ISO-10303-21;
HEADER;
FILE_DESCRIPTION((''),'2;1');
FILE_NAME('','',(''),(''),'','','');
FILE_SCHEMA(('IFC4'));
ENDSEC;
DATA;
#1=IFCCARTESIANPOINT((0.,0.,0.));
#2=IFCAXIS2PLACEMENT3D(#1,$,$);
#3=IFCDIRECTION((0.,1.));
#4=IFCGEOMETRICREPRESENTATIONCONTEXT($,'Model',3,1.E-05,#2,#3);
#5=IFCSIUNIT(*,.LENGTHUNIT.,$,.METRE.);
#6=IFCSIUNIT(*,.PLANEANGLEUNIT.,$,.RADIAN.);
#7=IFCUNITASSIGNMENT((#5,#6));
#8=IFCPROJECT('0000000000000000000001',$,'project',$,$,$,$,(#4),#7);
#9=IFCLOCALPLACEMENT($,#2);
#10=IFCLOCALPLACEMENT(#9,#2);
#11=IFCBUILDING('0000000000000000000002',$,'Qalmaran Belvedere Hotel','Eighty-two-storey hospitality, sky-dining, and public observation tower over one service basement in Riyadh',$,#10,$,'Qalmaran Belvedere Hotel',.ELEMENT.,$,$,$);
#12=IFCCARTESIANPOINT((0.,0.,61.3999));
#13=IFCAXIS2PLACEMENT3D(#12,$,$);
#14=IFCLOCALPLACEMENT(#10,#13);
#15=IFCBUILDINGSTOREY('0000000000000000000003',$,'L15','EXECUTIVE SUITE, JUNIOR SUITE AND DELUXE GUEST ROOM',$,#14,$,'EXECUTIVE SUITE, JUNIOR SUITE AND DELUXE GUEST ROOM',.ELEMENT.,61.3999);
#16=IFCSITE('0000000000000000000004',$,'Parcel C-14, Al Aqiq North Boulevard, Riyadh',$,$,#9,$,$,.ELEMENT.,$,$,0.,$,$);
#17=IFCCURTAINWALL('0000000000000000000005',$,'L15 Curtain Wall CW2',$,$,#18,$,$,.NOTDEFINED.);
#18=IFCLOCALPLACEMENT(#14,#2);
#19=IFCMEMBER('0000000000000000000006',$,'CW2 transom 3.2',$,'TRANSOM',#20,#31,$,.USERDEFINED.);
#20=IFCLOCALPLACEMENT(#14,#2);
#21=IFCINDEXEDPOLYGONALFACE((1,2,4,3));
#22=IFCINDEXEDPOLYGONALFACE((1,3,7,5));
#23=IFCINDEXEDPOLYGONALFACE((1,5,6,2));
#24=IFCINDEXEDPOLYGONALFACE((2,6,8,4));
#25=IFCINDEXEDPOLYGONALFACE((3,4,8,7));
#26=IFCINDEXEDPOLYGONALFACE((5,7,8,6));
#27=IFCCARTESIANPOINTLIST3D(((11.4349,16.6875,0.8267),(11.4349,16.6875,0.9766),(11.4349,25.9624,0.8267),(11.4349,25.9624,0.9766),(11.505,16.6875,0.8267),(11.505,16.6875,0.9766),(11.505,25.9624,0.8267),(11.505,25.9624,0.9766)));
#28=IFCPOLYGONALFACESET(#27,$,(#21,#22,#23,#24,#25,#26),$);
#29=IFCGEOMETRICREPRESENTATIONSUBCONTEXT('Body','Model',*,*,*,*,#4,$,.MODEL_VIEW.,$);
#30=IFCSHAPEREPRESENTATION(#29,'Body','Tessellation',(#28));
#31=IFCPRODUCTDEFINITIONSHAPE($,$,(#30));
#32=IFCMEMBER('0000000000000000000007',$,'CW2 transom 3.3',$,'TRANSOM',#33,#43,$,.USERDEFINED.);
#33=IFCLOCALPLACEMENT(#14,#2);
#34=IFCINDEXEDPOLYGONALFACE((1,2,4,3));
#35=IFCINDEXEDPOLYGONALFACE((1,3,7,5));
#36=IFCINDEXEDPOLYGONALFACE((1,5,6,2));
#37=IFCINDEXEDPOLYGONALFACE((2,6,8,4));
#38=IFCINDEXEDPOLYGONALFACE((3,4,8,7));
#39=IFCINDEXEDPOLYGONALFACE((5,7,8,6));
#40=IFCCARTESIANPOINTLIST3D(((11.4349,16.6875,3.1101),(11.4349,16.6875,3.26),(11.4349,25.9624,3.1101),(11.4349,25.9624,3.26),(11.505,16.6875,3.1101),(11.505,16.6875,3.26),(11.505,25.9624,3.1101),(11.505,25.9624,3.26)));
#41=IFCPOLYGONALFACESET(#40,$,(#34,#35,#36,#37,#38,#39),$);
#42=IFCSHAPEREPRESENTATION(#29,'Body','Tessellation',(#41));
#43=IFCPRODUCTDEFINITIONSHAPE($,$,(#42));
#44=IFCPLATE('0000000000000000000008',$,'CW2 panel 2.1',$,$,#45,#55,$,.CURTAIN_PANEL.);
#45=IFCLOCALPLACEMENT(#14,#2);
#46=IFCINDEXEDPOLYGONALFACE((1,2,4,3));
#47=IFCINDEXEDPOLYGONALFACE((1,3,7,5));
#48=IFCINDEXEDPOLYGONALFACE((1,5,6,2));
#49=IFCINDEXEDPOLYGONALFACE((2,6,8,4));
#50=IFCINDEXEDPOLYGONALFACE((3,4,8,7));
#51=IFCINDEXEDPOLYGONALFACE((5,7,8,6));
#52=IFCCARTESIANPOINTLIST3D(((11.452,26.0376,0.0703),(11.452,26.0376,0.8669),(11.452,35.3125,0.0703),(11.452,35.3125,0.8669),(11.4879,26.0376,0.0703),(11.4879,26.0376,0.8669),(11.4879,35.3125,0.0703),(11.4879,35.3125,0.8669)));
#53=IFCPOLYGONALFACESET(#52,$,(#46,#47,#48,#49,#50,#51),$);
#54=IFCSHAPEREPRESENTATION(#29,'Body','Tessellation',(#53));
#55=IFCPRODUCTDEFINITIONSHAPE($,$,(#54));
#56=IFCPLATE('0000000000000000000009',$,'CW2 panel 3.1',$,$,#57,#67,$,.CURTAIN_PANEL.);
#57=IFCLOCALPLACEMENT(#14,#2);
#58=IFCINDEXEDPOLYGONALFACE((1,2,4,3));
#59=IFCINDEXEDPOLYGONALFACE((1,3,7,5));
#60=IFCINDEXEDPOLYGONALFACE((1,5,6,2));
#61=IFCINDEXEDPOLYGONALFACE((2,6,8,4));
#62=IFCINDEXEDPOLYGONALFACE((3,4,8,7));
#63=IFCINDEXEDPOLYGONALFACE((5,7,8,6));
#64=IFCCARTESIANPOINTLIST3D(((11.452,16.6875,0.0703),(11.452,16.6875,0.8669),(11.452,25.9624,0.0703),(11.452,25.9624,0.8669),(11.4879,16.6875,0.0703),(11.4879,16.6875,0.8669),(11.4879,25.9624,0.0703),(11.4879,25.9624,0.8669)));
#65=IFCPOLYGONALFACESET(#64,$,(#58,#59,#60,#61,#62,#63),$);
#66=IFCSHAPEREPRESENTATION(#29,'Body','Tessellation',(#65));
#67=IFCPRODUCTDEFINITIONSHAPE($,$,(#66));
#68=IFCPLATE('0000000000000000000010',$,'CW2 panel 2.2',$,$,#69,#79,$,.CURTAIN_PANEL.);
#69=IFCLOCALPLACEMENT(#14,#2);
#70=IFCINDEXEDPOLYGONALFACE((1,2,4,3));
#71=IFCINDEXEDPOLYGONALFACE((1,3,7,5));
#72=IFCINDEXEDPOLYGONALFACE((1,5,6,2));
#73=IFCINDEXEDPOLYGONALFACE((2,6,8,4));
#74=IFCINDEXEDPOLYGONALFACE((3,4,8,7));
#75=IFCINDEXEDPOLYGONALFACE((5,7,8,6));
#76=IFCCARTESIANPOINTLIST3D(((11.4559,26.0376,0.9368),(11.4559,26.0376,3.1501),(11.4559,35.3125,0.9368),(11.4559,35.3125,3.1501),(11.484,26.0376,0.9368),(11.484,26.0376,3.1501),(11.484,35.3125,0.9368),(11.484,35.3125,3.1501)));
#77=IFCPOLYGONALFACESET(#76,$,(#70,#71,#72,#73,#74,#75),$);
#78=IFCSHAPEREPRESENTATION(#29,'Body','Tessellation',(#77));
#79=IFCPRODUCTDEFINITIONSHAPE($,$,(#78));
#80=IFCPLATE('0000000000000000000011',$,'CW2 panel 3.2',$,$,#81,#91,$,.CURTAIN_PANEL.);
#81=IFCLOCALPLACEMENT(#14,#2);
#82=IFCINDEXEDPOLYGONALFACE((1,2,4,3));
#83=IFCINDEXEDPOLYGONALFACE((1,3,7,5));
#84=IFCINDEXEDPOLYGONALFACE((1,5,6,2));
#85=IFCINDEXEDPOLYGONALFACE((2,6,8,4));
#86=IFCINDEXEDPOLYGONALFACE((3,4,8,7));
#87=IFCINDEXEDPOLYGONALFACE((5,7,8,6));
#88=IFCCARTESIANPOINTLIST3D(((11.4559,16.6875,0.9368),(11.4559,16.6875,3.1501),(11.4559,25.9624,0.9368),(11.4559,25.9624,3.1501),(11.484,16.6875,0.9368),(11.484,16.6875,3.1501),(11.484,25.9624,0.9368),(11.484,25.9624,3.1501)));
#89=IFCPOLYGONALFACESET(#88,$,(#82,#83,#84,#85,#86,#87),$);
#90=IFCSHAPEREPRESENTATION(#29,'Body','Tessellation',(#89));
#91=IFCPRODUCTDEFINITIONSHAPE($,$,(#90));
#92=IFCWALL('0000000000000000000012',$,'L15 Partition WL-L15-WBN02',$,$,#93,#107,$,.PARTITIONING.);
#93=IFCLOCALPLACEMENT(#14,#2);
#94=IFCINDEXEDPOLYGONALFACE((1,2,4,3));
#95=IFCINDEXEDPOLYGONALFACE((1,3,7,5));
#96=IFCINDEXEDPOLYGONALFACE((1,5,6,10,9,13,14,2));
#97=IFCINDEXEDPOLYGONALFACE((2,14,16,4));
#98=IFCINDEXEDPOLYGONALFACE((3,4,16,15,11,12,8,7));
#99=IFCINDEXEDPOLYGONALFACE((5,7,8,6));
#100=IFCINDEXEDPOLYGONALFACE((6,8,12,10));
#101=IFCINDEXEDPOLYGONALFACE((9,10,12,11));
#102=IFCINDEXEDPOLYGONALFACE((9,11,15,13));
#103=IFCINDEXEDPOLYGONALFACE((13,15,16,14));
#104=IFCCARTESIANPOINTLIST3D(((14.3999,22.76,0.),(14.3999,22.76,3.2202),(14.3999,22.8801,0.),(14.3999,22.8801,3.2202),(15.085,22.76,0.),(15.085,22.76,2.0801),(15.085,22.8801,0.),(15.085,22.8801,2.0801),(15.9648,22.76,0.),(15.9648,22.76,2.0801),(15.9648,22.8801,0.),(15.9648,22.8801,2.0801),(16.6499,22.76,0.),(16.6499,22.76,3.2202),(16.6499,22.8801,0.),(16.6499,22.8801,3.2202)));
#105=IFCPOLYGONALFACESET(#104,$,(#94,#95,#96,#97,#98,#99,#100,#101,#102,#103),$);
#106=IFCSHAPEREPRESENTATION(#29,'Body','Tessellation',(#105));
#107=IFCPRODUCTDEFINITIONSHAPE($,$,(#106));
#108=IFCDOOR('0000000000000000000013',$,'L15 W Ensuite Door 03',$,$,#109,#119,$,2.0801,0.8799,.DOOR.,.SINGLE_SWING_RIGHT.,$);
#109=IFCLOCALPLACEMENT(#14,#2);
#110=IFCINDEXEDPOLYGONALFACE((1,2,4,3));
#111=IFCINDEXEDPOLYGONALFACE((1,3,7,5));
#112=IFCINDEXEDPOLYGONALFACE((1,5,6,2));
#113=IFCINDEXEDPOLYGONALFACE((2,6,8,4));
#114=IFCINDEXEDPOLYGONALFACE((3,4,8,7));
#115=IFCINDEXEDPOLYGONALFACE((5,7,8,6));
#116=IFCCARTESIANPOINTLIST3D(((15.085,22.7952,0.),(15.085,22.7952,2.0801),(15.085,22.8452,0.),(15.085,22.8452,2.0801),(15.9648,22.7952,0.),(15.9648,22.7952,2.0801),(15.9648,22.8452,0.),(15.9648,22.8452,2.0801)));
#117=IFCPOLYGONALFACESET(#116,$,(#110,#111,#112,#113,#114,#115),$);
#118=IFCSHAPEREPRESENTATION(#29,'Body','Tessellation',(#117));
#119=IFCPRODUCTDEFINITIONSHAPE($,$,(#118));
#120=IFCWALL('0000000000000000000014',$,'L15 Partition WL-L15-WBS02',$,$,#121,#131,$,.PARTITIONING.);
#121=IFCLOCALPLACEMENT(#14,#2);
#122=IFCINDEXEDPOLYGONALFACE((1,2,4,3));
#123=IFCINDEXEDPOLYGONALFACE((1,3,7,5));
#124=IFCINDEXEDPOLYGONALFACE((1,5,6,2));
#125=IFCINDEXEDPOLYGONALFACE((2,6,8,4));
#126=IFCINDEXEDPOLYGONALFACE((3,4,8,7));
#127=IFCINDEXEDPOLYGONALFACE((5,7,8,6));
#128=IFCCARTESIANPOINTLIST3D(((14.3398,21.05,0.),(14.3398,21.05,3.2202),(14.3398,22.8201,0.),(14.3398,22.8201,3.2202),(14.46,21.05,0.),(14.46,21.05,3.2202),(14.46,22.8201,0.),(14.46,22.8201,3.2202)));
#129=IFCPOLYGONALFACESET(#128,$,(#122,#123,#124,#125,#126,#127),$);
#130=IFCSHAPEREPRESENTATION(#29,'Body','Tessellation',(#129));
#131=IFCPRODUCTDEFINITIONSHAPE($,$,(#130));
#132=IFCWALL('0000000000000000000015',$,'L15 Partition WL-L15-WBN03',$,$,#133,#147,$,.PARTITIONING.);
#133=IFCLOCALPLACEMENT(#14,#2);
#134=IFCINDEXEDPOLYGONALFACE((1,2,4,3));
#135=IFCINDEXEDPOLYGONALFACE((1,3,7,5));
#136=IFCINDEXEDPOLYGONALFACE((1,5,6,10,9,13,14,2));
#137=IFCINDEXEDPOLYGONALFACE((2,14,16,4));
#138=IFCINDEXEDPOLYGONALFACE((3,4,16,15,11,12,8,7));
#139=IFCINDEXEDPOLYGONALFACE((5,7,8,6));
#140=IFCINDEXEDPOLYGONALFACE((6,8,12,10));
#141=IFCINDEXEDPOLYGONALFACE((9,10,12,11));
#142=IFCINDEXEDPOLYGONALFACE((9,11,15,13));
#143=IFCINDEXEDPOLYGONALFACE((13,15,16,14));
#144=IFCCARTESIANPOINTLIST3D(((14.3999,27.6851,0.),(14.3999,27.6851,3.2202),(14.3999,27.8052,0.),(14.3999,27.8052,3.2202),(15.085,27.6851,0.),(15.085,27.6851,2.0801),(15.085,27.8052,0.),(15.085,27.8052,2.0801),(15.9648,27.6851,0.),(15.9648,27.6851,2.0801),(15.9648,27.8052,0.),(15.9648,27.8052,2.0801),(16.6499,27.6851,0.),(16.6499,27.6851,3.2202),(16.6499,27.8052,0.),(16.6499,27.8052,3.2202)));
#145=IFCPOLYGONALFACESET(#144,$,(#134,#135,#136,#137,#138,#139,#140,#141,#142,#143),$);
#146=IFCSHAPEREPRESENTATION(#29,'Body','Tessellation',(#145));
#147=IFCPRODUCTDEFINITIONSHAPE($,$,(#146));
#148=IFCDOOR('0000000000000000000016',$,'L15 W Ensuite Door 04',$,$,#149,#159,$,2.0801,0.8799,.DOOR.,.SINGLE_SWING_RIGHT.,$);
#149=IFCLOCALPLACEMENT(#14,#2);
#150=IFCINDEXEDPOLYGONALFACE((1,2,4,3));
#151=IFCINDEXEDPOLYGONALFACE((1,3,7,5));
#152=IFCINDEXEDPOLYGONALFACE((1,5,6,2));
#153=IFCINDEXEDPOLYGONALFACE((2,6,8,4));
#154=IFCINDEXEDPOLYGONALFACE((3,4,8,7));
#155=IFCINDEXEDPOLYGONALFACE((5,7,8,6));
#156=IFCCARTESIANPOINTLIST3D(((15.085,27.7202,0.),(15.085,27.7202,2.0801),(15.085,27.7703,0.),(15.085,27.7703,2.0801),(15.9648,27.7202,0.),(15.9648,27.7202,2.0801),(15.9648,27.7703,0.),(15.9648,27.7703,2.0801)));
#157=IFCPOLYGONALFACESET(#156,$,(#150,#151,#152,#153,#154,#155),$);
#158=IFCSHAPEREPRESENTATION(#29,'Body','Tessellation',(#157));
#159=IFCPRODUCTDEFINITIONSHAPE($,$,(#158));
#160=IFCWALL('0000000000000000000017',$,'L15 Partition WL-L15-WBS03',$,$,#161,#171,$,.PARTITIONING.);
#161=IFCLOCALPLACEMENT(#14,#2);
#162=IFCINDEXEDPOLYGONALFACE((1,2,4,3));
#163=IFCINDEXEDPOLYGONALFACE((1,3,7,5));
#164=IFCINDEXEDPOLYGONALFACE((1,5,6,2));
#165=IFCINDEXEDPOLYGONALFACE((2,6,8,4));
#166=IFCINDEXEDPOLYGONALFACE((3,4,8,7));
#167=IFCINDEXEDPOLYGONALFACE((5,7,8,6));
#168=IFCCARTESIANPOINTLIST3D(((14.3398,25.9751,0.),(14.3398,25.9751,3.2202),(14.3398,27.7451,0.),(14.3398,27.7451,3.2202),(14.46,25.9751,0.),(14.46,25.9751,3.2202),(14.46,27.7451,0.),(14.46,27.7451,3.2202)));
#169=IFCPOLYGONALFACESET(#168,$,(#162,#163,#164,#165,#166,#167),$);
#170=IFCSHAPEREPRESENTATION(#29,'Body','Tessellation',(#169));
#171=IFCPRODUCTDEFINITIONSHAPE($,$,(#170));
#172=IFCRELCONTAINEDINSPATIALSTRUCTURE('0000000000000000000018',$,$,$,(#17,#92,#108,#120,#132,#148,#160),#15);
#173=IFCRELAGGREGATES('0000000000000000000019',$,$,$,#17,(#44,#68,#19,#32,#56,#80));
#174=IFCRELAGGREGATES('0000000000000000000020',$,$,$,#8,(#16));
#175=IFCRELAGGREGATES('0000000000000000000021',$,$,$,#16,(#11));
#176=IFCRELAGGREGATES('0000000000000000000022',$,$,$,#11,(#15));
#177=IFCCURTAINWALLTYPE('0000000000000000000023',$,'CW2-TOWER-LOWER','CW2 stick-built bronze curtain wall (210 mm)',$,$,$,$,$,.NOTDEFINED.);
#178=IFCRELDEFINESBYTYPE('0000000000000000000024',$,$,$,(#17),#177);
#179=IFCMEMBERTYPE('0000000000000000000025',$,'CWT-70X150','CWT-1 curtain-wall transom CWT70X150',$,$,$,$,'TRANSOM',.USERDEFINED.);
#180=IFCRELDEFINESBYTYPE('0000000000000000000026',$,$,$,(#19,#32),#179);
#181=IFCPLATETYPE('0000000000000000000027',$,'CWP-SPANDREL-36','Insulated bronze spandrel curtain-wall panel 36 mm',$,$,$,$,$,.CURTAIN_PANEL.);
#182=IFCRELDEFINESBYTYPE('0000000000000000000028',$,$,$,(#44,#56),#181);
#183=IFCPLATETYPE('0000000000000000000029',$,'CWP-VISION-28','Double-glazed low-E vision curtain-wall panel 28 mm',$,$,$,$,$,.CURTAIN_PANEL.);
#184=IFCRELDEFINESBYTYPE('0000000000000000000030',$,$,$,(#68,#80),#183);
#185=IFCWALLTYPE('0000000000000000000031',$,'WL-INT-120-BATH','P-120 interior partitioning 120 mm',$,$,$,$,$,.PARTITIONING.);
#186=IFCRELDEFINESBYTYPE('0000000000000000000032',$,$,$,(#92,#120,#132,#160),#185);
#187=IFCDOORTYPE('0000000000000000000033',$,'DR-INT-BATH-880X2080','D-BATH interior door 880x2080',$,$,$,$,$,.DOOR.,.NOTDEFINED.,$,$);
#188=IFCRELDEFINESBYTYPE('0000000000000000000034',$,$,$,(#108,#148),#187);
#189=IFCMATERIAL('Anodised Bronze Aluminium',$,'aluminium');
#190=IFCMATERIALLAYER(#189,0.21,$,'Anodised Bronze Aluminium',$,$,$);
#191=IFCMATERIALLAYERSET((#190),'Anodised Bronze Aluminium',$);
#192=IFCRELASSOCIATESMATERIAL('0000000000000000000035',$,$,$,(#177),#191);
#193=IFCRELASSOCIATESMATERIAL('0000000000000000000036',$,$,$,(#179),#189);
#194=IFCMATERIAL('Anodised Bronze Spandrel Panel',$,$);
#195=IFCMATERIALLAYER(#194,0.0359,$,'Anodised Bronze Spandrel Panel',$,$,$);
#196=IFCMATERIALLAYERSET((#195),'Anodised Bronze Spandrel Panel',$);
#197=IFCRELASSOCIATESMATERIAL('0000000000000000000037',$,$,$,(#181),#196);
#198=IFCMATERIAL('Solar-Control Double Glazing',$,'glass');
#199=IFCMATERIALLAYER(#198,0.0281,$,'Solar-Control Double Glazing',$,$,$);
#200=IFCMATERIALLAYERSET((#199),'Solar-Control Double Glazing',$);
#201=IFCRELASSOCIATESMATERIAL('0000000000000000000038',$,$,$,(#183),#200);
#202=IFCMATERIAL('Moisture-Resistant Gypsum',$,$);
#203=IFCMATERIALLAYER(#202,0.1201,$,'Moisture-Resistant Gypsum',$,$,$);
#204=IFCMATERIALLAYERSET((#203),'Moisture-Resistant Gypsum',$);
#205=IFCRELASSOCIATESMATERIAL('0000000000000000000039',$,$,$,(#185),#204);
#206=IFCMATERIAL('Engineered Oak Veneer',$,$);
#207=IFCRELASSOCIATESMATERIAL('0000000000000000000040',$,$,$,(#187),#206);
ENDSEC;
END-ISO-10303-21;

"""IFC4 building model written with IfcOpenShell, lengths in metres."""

from ifc_helpers import new_model, si_unit, direction, frame, frame_2d, origin, origin_2d, place, context, subcontext, project, spatial, rectangle, extrude, material, layer, layer_set, material_profile, profile_set, type_object, element, fill, aggregate, save


model = new_model("IFC4")

# Units and contexts
model_context = context("Model", 3, precision=1e-05, world=origin(), true_north=direction((0.0, 1.0)))
body_context = subcontext(model_context, "Body", "Model", "MODEL_VIEW")
ifc_project = project(units=[si_unit("LENGTHUNIT", "METRE"), si_unit("PLANEANGLEUNIT", "RADIAN")], contexts=[model_context])

# Site, building, storey
site_placement = place(None, origin())
site = spatial("IfcSite", under=ifc_project, at=site_placement, Name="Parcel C-14, Al Aqiq North Boulevard, Riyadh", CompositionType="ELEMENT", RefElevation=0.0)
building_placement = place(site_placement, origin())
building = spatial("IfcBuilding", under=site, at=building_placement, Name="Qalmaran Belvedere Hotel", Description="Eighty-two-storey hospitality, sky-dining, and public observation tower over one service basement in Riyadh", LongName="Qalmaran Belvedere Hotel", CompositionType="ELEMENT")
storey_placement = place(building_placement, frame((0.0, 0.0, 61.3999)))
storey = spatial("IfcBuildingStorey", under=building, at=storey_placement, Name="L15", Description="EXECUTIVE SUITE, JUNIOR SUITE AND DELUXE GUEST ROOM", LongName="EXECUTIVE SUITE, JUNIOR SUITE AND DELUXE GUEST ROOM", CompositionType="ELEMENT", Elevation=61.3999)

# Curtain wall, members, plates
ifc_material_1 = material(Name="Anodised Bronze Aluminium", Category="aluminium")
ifc_layer_1 = layer(ifc_material_1, 0.21, Name="Anodised Bronze Aluminium")
ifc_layer_set_1 = layer_set([ifc_layer_1], Name="Anodised Bronze Aluminium")
curtain_wall_type = type_object("IfcCurtainWallType", Name="CW2-TOWER-LOWER", Description="CW2 stick-built bronze curtain wall (210 mm)", PredefinedType="NOTDEFINED", material=ifc_layer_set_1)
curtain_wall_placement = place(storey_placement, origin())
curtain_wall = element("IfcCurtainWall", 1, at=curtain_wall_placement, inside=storey, type_object=curtain_wall_type, Name="L15 Curtain Wall CW2", PredefinedType="NOTDEFINED")
ifc_material_profile_1 = material_profile(ifc_material_1, rectangle(XDim=0.0701, YDim=0.1499, at=origin_2d()), Name="CWT70X150")
ifc_profile_set_1 = profile_set([ifc_material_profile_1], Name="Anodised Bronze Aluminium")
member_type_1 = type_object("IfcMemberType", Name="CWT-70X150", Description="CWT-1 curtain-wall transom CWT70X150", ElementType="TRANSOM", PredefinedType="USERDEFINED", material=ifc_profile_set_1)
member_1_placement = place(storey_placement, frame((11.47, 25.9624, 0.9016), z_axis=(0.0, -1.0, 0.0), x_axis=(1.0, 0.0, 0.0)))
member_1 = element("IfcMember", 2, at=member_1_placement, type_object=member_type_1, Name="CW2 transom 3.2", ObjectType="TRANSOM", PredefinedType="USERDEFINED", context=body_context, shape_type="SweptSolid", body=[
    extrude(rectangle(XDim=0.0701, YDim=0.1499, at=origin_2d()), origin(), (0.0, 0.0, 1.0), 9.2749),
])
member_2_placement = place(storey_placement, frame((11.47, 25.9624, 3.1851), z_axis=(0.0, -1.0, 0.0), x_axis=(1.0, 0.0, 0.0)))
member_2 = element("IfcMember", 3, at=member_2_placement, type_object=member_type_1, Name="CW2 transom 3.3", ObjectType="TRANSOM", PredefinedType="USERDEFINED", context=body_context, shape_type="SweptSolid", body=[
    extrude(rectangle(XDim=0.0701, YDim=0.1499, at=origin_2d()), origin(), (0.0, 0.0, 1.0), 9.2749),
])
ifc_material_2 = material(Name="Anodised Bronze Spandrel Panel")
ifc_layer_2 = layer(ifc_material_2, 0.0359, Name="Anodised Bronze Spandrel Panel")
ifc_layer_set_2 = layer_set([ifc_layer_2], Name="Anodised Bronze Spandrel Panel")
plate_type_1 = type_object("IfcPlateType", Name="CWP-SPANDREL-36", Description="Insulated bronze spandrel curtain-wall panel 36 mm", PredefinedType="CURTAIN_PANEL", material=ifc_layer_set_2)
plate_1_placement = place(storey_placement, frame((11.47, 30.675, 0.0703), z_axis=(0.0, 0.0, 1.0), x_axis=(0.0, -1.0, 0.0)))
plate_1 = element("IfcPlate", 4, at=plate_1_placement, type_object=plate_type_1, Name="CW2 panel 2.1", PredefinedType="CURTAIN_PANEL", context=body_context, shape_type="SweptSolid", body=[
    extrude(rectangle(XDim=9.2749, YDim=0.0359, at=origin_2d()), origin(), (0.0, 0.0, 1.0), 0.7966),
])
plate_2_placement = place(storey_placement, frame((11.47, 21.325, 0.0703), z_axis=(0.0, 0.0, 1.0), x_axis=(0.0, -1.0, 0.0)))
plate_2 = element("IfcPlate", 5, at=plate_2_placement, type_object=plate_type_1, Name="CW2 panel 3.1", PredefinedType="CURTAIN_PANEL", context=body_context, shape_type="SweptSolid", body=[
    extrude(rectangle(XDim=9.2749, YDim=0.0359, at=origin_2d()), origin(), (0.0, 0.0, 1.0), 0.7966),
])
ifc_material_3 = material(Name="Solar-Control Double Glazing", Category="glass")
ifc_layer_3 = layer(ifc_material_3, 0.0281, Name="Solar-Control Double Glazing")
ifc_layer_set_3 = layer_set([ifc_layer_3], Name="Solar-Control Double Glazing")
plate_type_2 = type_object("IfcPlateType", Name="CWP-VISION-28", Description="Double-glazed low-E vision curtain-wall panel 28 mm", PredefinedType="CURTAIN_PANEL", material=ifc_layer_set_3)
plate_3_placement = place(storey_placement, frame((11.47, 30.675, 0.9368), z_axis=(0.0, 0.0, 1.0), x_axis=(0.0, -1.0, 0.0)))
plate_3 = element("IfcPlate", 6, at=plate_3_placement, type_object=plate_type_2, Name="CW2 panel 2.2", PredefinedType="CURTAIN_PANEL", context=body_context, shape_type="SweptSolid", body=[
    extrude(rectangle(XDim=9.2749, YDim=0.0281, at=origin_2d()), origin(), (0.0, 0.0, 1.0), 2.2134),
])
plate_4_placement = place(storey_placement, frame((11.47, 21.325, 0.9368), z_axis=(0.0, 0.0, 1.0), x_axis=(0.0, -1.0, 0.0)))
plate_4 = element("IfcPlate", 7, at=plate_4_placement, type_object=plate_type_2, Name="CW2 panel 3.2", PredefinedType="CURTAIN_PANEL", context=body_context, shape_type="SweptSolid", body=[
    extrude(rectangle(XDim=9.2749, YDim=0.0281, at=origin_2d()), origin(), (0.0, 0.0, 1.0), 2.2134),
])
aggregate(curtain_wall, [plate_1, plate_3, member_1, member_2, plate_2, plate_4])

# Wall, opening, door
ifc_material_4 = material(Name="Moisture-Resistant Gypsum")
ifc_layer_4 = layer(ifc_material_4, 0.1201, Name="Moisture-Resistant Gypsum")
ifc_layer_set_4 = layer_set([ifc_layer_4], Name="Moisture-Resistant Gypsum")
wall_type_1 = type_object("IfcWallType", Name="WL-INT-120-BATH", Description="P-120 interior partitioning 120 mm", PredefinedType="PARTITIONING", material=ifc_layer_set_4)
wall_1_placement = place(storey_placement, frame((14.3999, 22.8201, 0.0), z_axis=(0.0, 0.0, 1.0), x_axis=(1.0, 0.0, 0.0)))
wall_1 = element("IfcWall", 8, at=wall_1_placement, inside=storey, type_object=wall_type_1, Name="L15 Partition WL-L15-WBN02", PredefinedType="PARTITIONING", context=body_context, shape_type="SweptSolid", body=[
    extrude(rectangle(XDim=2.25, YDim=0.1201, at=frame_2d((1.125, 0.0))), origin(), (0.0, 0.0, 1.0), 3.2202),
])
opening_1_placement = place(wall_1_placement, frame((1.5649, 0.0, 0.0), z_axis=(0.0, 0.0, 1.0), x_axis=(-1.0, 0.0, 0.0)))
opening_1 = element("IfcOpeningElement", 9, at=opening_1_placement, cuts=wall_1, PredefinedType="OPENING", context=body_context, shape_type="SweptSolid", body=[
    extrude(rectangle(XDim=0.8799, YDim=2.0801, at=frame_2d((0.4399, 1.04))), frame((0.0, 0.0701, 0.0), z_axis=(0.0, -1.0, 0.0), x_axis=(1.0, 0.0, 0.0)), (0.0, 0.0, 1.0), 0.1401),
])
ifc_material_5 = material(Name="Engineered Oak Veneer")
door_type_1 = type_object("IfcDoorType", Name="DR-INT-BATH-880X2080", Description="D-BATH interior door 880x2080", OperationType="NOTDEFINED", PredefinedType="DOOR", material=ifc_material_5)
door_1_placement = place(opening_1_placement, origin())
door_1 = element("IfcDoor", 10, at=door_1_placement, inside=storey, type_object=door_type_1, Name="L15 W Ensuite Door 03", OperationType="SINGLE_SWING_RIGHT", OverallHeight=2.0801, OverallWidth=0.8799, PredefinedType="DOOR", context=body_context, shape_type="SweptSolid", body=[
    extrude(rectangle(XDim=0.8799, YDim=2.0801, at=frame_2d((0.4399, 1.04))), frame((0.0, 0.0249, 0.0), z_axis=(0.0, -1.0, 0.0), x_axis=(1.0, 0.0, 0.0)), (0.0, 0.0, 1.0), 0.05),
])
fill(opening_1, door_1)

# Wall
wall_2_placement = place(storey_placement, frame((14.3999, 21.05, 0.0), z_axis=(0.0, 0.0, 1.0), x_axis=(0.0, 1.0, 0.0)))
element("IfcWall", 11, at=wall_2_placement, inside=storey, type_object=wall_type_1, Name="L15 Partition WL-L15-WBS02", PredefinedType="PARTITIONING", context=body_context, shape_type="SweptSolid", body=[
    extrude(rectangle(XDim=1.77, YDim=0.1201, at=frame_2d((0.885, 0.0))), origin(), (0.0, 0.0, 1.0), 3.2202),
])

# Wall, opening, door
wall_3_placement = place(storey_placement, frame((14.3999, 27.7451, 0.0), z_axis=(0.0, 0.0, 1.0), x_axis=(1.0, 0.0, 0.0)))
wall_3 = element("IfcWall", 12, at=wall_3_placement, inside=storey, type_object=wall_type_1, Name="L15 Partition WL-L15-WBN03", PredefinedType="PARTITIONING", context=body_context, shape_type="SweptSolid", body=[
    extrude(rectangle(XDim=2.25, YDim=0.1201, at=frame_2d((1.125, 0.0))), origin(), (0.0, 0.0, 1.0), 3.2202),
])
opening_2_placement = place(wall_3_placement, frame((1.5649, 0.0, 0.0), z_axis=(0.0, 0.0, 1.0), x_axis=(-1.0, 0.0, 0.0)))
opening_2 = element("IfcOpeningElement", 13, at=opening_2_placement, cuts=wall_3, PredefinedType="OPENING", context=body_context, shape_type="SweptSolid", body=[
    extrude(rectangle(XDim=0.8799, YDim=2.0801, at=frame_2d((0.4399, 1.04))), frame((0.0, 0.0701, 0.0), z_axis=(0.0, -1.0, 0.0), x_axis=(1.0, 0.0, 0.0)), (0.0, 0.0, 1.0), 0.1401),
])
door_2_placement = place(opening_2_placement, origin())
door_2 = element("IfcDoor", 14, at=door_2_placement, inside=storey, type_object=door_type_1, Name="L15 W Ensuite Door 04", OperationType="SINGLE_SWING_RIGHT", OverallHeight=2.0801, OverallWidth=0.8799, PredefinedType="DOOR", context=body_context, shape_type="SweptSolid", body=[
    extrude(rectangle(XDim=0.8799, YDim=2.0801, at=frame_2d((0.4399, 1.04))), frame((0.0, 0.0249, 0.0), z_axis=(0.0, -1.0, 0.0), x_axis=(1.0, 0.0, 0.0)), (0.0, 0.0, 1.0), 0.05),
])
fill(opening_2, door_2)

# Wall
wall_4_placement = place(storey_placement, frame((14.3999, 25.9751, 0.0), z_axis=(0.0, 0.0, 1.0), x_axis=(0.0, 1.0, 0.0)))
element("IfcWall", 15, at=wall_4_placement, inside=storey, type_object=wall_type_1, Name="L15 Partition WL-L15-WBS03", PredefinedType="PARTITIONING", context=body_context, shape_type="SweptSolid", body=[
    extrude(rectangle(XDim=1.77, YDim=0.1201, at=frame_2d((0.885, 0.0))), origin(), (0.0, 0.0, 1.0), 3.2202),
])

save(model, "model.ifc")
